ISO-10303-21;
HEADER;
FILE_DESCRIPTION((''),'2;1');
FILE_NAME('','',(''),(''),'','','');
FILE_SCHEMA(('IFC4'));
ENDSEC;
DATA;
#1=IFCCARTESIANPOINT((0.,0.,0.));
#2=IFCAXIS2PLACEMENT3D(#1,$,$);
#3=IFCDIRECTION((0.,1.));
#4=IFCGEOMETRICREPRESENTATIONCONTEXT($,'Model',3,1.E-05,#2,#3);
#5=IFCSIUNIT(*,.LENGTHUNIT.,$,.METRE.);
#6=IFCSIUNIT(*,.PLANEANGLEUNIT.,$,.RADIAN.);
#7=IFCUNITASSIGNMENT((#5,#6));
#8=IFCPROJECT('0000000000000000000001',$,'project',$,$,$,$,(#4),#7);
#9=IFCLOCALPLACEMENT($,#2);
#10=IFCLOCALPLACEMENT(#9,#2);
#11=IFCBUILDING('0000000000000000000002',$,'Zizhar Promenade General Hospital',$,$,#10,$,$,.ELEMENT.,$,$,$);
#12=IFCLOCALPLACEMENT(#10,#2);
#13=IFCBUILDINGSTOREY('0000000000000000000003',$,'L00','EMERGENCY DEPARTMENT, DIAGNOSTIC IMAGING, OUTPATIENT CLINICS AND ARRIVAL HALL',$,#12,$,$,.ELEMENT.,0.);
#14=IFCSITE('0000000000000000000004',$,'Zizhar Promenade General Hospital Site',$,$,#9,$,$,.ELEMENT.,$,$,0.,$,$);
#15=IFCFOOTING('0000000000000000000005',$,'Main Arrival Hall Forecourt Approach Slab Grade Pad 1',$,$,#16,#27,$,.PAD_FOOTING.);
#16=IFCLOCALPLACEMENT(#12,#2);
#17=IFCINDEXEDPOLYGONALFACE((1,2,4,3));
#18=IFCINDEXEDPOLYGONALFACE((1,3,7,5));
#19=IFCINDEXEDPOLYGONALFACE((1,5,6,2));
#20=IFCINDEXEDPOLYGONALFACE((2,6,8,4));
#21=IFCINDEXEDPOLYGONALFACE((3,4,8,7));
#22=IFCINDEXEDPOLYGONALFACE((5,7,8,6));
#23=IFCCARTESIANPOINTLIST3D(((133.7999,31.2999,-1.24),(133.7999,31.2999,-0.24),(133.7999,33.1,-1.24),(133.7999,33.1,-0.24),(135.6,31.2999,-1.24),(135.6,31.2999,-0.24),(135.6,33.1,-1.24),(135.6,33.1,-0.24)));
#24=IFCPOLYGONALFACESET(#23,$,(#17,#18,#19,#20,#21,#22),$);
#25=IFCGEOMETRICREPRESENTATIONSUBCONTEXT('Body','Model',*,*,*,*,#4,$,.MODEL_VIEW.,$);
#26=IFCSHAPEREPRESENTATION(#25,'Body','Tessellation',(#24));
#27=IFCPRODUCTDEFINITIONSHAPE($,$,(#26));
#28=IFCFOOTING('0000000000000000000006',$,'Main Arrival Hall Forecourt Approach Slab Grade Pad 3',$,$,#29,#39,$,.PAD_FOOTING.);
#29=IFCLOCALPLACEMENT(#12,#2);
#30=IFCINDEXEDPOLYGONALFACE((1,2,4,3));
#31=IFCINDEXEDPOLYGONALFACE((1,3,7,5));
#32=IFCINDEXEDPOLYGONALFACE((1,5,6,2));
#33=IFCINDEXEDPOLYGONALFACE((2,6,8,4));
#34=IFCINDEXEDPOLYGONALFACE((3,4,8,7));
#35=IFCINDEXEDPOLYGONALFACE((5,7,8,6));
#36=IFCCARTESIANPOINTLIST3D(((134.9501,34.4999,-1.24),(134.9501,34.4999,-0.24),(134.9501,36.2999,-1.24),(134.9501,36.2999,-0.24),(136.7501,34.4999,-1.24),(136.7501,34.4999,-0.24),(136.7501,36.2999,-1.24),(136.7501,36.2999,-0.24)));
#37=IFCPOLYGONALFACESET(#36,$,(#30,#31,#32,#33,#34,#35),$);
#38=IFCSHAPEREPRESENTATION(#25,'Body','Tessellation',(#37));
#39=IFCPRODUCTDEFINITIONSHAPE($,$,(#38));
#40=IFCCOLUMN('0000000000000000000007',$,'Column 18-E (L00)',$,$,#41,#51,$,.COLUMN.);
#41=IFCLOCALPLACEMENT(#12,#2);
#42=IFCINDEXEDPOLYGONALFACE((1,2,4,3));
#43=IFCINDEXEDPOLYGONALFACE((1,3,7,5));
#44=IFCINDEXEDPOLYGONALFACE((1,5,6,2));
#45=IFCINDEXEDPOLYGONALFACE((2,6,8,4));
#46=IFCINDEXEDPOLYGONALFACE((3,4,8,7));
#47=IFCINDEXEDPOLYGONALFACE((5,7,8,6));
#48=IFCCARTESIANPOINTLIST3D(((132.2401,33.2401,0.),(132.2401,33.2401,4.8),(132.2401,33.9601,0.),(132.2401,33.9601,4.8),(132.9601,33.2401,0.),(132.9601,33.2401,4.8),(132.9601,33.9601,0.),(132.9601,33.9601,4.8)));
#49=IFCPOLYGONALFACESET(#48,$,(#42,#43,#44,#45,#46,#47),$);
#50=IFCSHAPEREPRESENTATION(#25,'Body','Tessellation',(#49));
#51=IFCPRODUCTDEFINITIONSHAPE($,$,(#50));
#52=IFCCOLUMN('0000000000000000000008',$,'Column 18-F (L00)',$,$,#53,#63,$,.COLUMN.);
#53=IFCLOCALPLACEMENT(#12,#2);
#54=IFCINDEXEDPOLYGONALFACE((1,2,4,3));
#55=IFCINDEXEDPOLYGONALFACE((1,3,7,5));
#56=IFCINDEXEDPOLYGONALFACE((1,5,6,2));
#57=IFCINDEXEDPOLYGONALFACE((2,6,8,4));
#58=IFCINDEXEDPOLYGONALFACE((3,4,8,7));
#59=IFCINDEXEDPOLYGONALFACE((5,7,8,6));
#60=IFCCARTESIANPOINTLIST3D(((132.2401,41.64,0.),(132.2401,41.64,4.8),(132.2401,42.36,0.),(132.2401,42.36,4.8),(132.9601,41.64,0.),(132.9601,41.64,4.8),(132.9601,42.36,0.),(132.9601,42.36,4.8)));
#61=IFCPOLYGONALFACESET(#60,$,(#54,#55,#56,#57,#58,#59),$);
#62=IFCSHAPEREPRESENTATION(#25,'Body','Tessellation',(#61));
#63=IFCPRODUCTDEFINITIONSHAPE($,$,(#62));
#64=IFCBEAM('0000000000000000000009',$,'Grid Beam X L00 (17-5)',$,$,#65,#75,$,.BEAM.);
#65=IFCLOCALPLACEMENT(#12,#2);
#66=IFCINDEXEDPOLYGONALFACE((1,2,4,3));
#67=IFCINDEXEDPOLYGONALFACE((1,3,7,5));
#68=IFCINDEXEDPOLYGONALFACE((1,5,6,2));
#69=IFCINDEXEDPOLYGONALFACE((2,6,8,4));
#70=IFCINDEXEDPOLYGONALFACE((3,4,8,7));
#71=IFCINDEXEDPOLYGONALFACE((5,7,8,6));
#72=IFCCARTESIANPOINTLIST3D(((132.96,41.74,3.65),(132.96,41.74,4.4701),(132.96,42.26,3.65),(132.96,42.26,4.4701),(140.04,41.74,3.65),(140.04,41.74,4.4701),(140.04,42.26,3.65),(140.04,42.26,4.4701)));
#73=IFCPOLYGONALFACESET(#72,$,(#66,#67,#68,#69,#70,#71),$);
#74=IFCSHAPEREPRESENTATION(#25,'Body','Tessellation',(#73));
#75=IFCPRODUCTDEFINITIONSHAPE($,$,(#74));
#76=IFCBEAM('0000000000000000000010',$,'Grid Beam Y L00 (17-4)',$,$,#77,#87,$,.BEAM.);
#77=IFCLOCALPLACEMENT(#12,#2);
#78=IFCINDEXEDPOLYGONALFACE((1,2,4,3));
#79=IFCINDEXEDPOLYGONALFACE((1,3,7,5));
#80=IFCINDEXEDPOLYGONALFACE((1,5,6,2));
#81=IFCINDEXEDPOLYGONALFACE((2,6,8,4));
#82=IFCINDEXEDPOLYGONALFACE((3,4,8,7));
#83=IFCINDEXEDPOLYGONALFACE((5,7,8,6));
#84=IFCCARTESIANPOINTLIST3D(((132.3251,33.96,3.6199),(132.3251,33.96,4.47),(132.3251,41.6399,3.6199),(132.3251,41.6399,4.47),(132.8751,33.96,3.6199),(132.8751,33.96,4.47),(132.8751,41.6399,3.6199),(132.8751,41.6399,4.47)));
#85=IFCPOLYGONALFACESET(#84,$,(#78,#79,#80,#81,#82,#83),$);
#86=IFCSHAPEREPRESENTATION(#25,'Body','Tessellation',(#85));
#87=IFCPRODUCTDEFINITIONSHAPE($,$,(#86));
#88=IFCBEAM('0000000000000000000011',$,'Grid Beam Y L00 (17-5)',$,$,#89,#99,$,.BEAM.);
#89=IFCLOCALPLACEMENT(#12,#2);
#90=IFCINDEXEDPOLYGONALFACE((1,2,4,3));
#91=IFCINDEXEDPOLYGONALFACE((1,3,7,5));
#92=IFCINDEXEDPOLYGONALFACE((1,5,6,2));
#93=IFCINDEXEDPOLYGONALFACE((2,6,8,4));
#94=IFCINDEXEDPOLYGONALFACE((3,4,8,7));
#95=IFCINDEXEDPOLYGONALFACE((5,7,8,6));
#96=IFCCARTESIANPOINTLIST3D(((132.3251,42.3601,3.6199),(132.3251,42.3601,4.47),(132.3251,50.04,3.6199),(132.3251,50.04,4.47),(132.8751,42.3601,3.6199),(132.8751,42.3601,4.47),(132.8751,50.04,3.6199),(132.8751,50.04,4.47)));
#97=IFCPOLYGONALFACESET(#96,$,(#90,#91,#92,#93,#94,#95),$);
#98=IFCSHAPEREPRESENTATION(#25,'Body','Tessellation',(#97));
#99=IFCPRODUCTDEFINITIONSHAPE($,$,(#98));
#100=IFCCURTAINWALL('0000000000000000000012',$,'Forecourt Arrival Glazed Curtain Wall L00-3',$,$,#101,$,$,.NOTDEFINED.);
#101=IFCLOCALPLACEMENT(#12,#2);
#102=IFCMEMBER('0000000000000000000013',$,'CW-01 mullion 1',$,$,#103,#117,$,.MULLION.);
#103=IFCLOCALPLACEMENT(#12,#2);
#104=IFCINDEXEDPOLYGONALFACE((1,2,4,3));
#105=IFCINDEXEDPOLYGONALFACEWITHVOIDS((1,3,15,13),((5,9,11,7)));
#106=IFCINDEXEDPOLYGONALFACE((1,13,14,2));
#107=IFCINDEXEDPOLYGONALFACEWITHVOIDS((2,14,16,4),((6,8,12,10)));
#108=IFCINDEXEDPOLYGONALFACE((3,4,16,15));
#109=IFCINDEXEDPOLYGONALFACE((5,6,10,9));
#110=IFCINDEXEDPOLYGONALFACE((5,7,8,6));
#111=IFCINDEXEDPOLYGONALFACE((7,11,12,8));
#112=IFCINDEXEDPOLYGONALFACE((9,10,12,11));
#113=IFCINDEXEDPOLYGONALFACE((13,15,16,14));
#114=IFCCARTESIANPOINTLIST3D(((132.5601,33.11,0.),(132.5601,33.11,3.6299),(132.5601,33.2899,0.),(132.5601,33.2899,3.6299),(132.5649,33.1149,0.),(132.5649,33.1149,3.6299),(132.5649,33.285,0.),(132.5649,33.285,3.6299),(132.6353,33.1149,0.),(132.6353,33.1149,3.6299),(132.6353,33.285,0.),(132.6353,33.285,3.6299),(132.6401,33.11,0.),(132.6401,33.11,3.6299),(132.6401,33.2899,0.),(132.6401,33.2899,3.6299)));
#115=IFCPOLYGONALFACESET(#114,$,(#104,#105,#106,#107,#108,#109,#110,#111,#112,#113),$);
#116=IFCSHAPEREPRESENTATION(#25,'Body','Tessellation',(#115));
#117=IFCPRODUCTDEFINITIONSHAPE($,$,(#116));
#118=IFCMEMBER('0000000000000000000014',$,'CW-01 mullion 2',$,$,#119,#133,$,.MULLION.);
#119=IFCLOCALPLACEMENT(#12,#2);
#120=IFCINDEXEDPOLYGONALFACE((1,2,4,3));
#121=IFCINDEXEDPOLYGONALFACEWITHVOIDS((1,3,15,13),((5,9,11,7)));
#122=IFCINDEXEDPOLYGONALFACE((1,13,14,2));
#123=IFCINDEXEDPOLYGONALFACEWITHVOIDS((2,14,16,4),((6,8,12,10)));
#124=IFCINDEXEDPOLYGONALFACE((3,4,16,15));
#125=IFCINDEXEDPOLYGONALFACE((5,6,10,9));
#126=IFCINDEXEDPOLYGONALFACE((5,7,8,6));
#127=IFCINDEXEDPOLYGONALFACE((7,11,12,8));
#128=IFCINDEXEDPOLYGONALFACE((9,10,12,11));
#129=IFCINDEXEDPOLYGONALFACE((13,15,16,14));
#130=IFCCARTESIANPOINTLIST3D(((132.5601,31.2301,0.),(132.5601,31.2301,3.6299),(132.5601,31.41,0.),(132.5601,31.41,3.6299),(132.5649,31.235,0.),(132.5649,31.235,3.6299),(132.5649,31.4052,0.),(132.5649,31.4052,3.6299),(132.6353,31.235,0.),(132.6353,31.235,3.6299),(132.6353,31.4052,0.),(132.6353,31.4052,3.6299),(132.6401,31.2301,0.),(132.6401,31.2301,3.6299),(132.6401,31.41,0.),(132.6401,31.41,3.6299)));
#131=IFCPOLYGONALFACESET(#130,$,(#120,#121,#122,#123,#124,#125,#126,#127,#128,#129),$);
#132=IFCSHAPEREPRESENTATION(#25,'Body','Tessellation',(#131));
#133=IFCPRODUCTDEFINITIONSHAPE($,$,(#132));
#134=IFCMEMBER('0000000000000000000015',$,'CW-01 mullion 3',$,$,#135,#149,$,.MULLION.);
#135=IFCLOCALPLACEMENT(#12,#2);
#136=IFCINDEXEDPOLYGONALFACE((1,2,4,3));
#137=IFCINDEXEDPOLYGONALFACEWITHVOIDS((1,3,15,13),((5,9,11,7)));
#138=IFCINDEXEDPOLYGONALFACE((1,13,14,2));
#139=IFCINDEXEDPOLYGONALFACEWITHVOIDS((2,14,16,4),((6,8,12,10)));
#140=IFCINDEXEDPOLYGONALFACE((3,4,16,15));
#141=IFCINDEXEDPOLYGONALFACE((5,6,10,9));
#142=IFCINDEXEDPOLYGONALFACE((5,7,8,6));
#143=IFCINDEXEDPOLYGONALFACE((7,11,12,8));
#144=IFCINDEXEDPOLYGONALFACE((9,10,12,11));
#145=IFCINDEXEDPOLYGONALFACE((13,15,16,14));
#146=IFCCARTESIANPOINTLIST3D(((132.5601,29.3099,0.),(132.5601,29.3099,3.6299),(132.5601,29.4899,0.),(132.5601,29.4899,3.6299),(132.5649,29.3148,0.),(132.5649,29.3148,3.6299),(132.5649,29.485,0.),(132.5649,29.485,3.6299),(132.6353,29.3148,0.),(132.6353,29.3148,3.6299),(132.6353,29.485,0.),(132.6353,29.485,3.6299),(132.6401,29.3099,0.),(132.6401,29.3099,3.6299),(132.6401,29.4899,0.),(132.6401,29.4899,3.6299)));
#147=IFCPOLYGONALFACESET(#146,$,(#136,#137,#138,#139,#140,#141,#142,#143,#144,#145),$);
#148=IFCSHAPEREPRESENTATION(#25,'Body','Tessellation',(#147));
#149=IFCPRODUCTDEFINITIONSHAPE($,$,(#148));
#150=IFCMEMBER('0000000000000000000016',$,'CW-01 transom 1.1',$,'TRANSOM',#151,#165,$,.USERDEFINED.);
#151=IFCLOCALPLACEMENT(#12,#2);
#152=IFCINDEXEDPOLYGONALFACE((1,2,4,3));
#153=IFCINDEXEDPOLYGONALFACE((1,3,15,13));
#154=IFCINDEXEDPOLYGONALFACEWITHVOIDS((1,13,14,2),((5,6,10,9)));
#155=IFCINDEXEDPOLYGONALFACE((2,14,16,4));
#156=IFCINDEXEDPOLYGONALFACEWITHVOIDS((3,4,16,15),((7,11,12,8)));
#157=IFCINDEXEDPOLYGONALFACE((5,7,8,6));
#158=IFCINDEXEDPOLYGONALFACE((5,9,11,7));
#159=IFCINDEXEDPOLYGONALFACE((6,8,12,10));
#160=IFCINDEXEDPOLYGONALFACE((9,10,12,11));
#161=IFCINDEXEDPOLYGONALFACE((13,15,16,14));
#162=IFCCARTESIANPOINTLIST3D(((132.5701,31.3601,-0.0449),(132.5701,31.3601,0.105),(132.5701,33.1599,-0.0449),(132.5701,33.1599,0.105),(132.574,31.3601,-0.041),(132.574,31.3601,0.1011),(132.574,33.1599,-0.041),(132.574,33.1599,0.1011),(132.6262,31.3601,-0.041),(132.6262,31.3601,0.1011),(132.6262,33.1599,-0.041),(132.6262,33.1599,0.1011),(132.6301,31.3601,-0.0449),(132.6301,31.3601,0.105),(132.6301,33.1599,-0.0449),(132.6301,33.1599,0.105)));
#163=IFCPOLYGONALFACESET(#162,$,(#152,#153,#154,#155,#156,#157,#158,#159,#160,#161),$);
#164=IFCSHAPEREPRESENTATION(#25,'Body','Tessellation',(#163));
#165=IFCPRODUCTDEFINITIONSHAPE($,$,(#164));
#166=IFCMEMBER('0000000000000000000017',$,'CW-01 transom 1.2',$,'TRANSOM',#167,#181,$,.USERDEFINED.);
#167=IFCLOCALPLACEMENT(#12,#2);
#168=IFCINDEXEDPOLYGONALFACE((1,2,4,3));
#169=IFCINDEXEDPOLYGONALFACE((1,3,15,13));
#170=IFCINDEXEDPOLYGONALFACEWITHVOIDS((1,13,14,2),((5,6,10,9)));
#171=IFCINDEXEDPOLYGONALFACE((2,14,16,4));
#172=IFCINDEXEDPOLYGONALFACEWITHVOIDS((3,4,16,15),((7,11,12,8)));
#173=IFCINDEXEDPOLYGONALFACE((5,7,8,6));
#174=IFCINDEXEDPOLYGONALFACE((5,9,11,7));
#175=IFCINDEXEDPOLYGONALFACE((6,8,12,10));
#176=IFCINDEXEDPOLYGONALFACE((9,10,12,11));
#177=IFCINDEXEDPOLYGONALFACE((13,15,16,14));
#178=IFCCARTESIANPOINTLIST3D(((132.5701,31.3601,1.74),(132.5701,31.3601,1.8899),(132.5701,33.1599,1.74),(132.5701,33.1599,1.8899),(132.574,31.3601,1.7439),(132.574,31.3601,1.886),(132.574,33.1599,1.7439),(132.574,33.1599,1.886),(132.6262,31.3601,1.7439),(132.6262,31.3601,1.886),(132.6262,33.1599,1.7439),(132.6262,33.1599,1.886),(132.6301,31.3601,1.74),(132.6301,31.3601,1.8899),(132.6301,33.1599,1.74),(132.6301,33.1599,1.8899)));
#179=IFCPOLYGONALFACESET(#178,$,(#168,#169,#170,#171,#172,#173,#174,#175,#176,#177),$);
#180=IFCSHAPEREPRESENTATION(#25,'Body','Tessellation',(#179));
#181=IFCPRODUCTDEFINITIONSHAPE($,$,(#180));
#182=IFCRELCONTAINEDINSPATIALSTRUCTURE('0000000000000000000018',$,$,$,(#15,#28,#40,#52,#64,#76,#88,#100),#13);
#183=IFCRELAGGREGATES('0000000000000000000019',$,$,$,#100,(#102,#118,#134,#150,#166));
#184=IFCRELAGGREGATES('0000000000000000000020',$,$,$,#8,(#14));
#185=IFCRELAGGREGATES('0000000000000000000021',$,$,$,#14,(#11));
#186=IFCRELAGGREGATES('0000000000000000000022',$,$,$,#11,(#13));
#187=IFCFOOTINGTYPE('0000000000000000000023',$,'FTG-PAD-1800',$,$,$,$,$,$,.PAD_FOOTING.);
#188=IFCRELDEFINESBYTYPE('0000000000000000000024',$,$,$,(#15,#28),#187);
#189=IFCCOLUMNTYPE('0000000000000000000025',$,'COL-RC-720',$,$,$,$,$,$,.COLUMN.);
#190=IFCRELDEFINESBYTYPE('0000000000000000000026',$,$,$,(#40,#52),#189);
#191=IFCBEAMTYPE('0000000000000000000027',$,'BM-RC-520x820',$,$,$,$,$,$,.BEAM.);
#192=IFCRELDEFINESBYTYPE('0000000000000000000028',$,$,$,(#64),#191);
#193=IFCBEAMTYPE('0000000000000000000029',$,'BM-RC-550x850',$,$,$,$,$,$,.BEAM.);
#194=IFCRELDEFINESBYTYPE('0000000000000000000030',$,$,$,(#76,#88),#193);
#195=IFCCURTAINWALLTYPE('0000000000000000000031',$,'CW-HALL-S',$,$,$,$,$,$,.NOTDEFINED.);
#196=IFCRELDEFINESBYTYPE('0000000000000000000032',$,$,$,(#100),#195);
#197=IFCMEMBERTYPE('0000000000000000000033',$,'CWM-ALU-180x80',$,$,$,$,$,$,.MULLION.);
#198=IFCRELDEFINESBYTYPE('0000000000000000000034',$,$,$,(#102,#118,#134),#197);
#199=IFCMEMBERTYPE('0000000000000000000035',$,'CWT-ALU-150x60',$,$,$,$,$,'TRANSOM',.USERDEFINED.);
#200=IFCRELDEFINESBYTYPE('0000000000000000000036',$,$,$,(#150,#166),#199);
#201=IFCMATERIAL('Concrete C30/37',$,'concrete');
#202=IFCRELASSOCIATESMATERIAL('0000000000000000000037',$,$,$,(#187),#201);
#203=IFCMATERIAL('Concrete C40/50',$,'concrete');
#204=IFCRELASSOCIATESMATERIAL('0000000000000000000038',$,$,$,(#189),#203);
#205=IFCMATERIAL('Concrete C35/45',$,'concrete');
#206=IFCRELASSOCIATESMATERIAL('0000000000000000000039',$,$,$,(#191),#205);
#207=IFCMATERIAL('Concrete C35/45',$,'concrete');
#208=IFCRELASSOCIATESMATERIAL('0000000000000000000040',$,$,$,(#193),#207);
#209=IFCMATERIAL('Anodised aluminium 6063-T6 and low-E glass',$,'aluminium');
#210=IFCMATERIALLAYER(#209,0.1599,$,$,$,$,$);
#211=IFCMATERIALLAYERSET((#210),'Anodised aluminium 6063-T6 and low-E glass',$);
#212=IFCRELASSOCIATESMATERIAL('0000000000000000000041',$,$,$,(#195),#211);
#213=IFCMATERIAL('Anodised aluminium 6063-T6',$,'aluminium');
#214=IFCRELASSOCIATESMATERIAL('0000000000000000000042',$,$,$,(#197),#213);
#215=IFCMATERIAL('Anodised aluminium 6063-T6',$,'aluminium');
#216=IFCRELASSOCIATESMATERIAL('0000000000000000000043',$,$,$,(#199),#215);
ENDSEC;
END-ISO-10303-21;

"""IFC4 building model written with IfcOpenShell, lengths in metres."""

from ifc_helpers import new_model, si_unit, direction, frame, origin, origin_2d, place, context, subcontext, project, spatial, rectangle, hollow_rectangle, extrude, material, layer, layer_set, material_profile, profile_set, type_object, element, aggregate, save


model = new_model("IFC4")

# Units and contexts
model_context = context("Model", 3, precision=1e-05, world=origin(), true_north=direction((0.0, 1.0)))
body_context = subcontext(model_context, "Body", "Model", "MODEL_VIEW")
ifc_project = project(units=[si_unit("LENGTHUNIT", "METRE"), si_unit("PLANEANGLEUNIT", "RADIAN")], contexts=[model_context])

# Site, building, storey
site_placement = place(None, origin())
site = spatial("IfcSite", under=ifc_project, at=site_placement, Name="Zizhar Promenade General Hospital Site", CompositionType="ELEMENT", RefElevation=0.0)
building_placement = place(site_placement, origin())
building = spatial("IfcBuilding", under=site, at=building_placement, Name="Zizhar Promenade General Hospital", CompositionType="ELEMENT")
storey_placement = place(building_placement, origin())
storey = spatial("IfcBuildingStorey", under=building, at=storey_placement, Name="L00", Description="EMERGENCY DEPARTMENT, DIAGNOSTIC IMAGING, OUTPATIENT CLINICS AND ARRIVAL HALL", CompositionType="ELEMENT", Elevation=0.0)

# Footings
ifc_material_1 = material(Name="Concrete C30/37", Category="concrete")
footing_type = type_object("IfcFootingType", Name="FTG-PAD-1800", PredefinedType="PAD_FOOTING", material=ifc_material_1)
for number, where, z_axis, x_axis, name in (
    (1, (134.7, 32.2, -1.24), (0.0, 0.0, 1.0), (1.0, 0.0, 0.0), "Main Arrival Hall Forecourt Approach Slab Grade Pad 1"),
    (2, (135.8501, 35.3999, -1.24), (0.0, 0.0, 1.0), (1.0, 0.0, 0.0), "Main Arrival Hall Forecourt Approach Slab Grade Pad 3"),
):
    element("IfcFooting", number, at=place(storey_placement, frame(where, z_axis=z_axis, x_axis=x_axis)), inside=storey, type_object=footing_type, Name=name, PredefinedType="PAD_FOOTING", context=body_context, shape_type="SweptSolid", body=[
        extrude(rectangle(XDim=1.8, YDim=1.8, at=origin_2d()), origin(), (0.0, 0.0, 1.0), 1.0),
    ])

# Columns
ifc_material_2 = material(Name="Concrete C40/50", Category="concrete")
ifc_material_profile_1 = material_profile(ifc_material_2, rectangle(XDim=0.72, YDim=0.72, at=origin_2d()))
ifc_profile_set_1 = profile_set([ifc_material_profile_1], Name="Concrete C40/50")
column_type = type_object("IfcColumnType", Name="COL-RC-720", PredefinedType="COLUMN", material=ifc_profile_set_1)
for number, where, z_axis, x_axis, name in (
    (3, (132.6001, 33.6001, 0.0), (0.0, 0.0, 1.0), (1.0, 0.0, 0.0), "Column 18-E (L00)"),
    (4, (132.6001, 42.0, 0.0), (0.0, 0.0, 1.0), (1.0, 0.0, 0.0), "Column 18-F (L00)"),
):
    element("IfcColumn", number, at=place(storey_placement, frame(where, z_axis=z_axis, x_axis=x_axis)), inside=storey, type_object=column_type, Name=name, PredefinedType="COLUMN", context=body_context, shape_type="SweptSolid", body=[
        extrude(rectangle(XDim=0.72, YDim=0.72, at=origin_2d()), origin(), (0.0, 0.0, 1.0), 4.8),
    ])

# Beams
ifc_material_3 = material(Name="Concrete C35/45", Category="concrete")
ifc_material_profile_2 = material_profile(ifc_material_3, rectangle(XDim=0.52, YDim=0.8201, at=origin_2d()))
ifc_profile_set_2 = profile_set([ifc_material_profile_2], Name="Concrete C35/45")
beam_type_1 = type_object("IfcBeamType", Name="BM-RC-520x820", PredefinedType="BEAM", material=ifc_profile_set_2)
beam_placement = place(storey_placement, frame((132.96, 42.0, 4.0601), z_axis=(1.0, 0.0, 0.0), x_axis=(0.0, 1.0, 0.0)))
element("IfcBeam", 5, at=beam_placement, inside=storey, type_object=beam_type_1, Name="Grid Beam X L00 (17-5)", PredefinedType="BEAM", context=body_context, shape_type="SweptSolid", body=[
    extrude(rectangle(XDim=0.52, YDim=0.8201, at=origin_2d()), origin(), (0.0, 0.0, 1.0), 7.0801),
])
ifc_material_4 = material(Name="Concrete C35/45", Category="concrete")
ifc_material_profile_3 = material_profile(ifc_material_4, rectangle(XDim=0.55, YDim=0.8501, at=origin_2d()))
ifc_profile_set_3 = profile_set([ifc_material_profile_3], Name="Concrete C35/45")
beam_type_2 = type_object("IfcBeamType", Name="BM-RC-550x850", PredefinedType="BEAM", material=ifc_profile_set_3)
for number, where, z_axis, x_axis, name in (
    (6, (132.6001, 33.96, 4.0449), (0.0, 1.0, 0.0), (-1.0, 0.0, 0.0), "Grid Beam Y L00 (17-4)"),
    (7, (132.6001, 42.3601, 4.0449), (0.0, 1.0, 0.0), (-1.0, 0.0, 0.0), "Grid Beam Y L00 (17-5)"),
):
    element("IfcBeam", number, at=place(storey_placement, frame(where, z_axis=z_axis, x_axis=x_axis)), inside=storey, type_object=beam_type_2, Name=name, PredefinedType="BEAM", context=body_context, shape_type="SweptSolid", body=[
        extrude(rectangle(XDim=0.55, YDim=0.8501, at=origin_2d()), origin(), (0.0, 0.0, 1.0), 7.6799),
    ])

# Curtain wall, members
ifc_material_5 = material(Name="Anodised aluminium 6063-T6 and low-E glass", Category="aluminium")
ifc_layer_1 = layer(ifc_material_5, 0.1599)
ifc_layer_set_1 = layer_set([ifc_layer_1], Name="Anodised aluminium 6063-T6 and low-E glass")
curtain_wall_type = type_object("IfcCurtainWallType", Name="CW-HALL-S", PredefinedType="NOTDEFINED", material=ifc_layer_set_1)
curtain_wall_placement = place(storey_placement, origin())
curtain_wall = element("IfcCurtainWall", 8, at=curtain_wall_placement, inside=storey, type_object=curtain_wall_type, Name="Forecourt Arrival Glazed Curtain Wall L00-3", PredefinedType="NOTDEFINED")
ifc_material_6 = material(Name="Anodised aluminium 6063-T6", Category="aluminium")
ifc_material_profile_4 = material_profile(ifc_material_6, hollow_rectangle(XDim=0.0801, YDim=0.1799, WallThickness=0.0049, at=origin_2d()))
ifc_profile_set_4 = profile_set([ifc_material_profile_4], Name="Anodised aluminium 6063-T6")
member_type_1 = type_object("IfcMemberType", Name="CWM-ALU-180x80", PredefinedType="MULLION", material=ifc_profile_set_4)
member_1_placement = place(storey_placement, frame((132.6001, 33.2, 0.0), z_axis=(0.0, 0.0, 1.0), x_axis=(1.0, 0.0, 0.0)))
member_1 = element("IfcMember", 9, at=member_1_placement, type_object=member_type_1, Name="CW-01 mullion 1", PredefinedType="MULLION", context=body_context, shape_type="SweptSolid", body=[
    extrude(hollow_rectangle(XDim=0.0801, YDim=0.1799, WallThickness=0.0049, at=origin_2d()), origin(), (0.0, 0.0, 1.0), 3.6299),
])
member_2_placement = place(storey_placement, frame((132.6001, 31.3201, 0.0), z_axis=(0.0, 0.0, 1.0), x_axis=(1.0, 0.0, 0.0)))
member_2 = element("IfcMember", 10, at=member_2_placement, type_object=member_type_1, Name="CW-01 mullion 2", PredefinedType="MULLION", context=body_context, shape_type="SweptSolid", body=[
    extrude(hollow_rectangle(XDim=0.0801, YDim=0.1799, WallThickness=0.0049, at=origin_2d()), origin(), (0.0, 0.0, 1.0), 3.6299),
])
member_3_placement = place(storey_placement, frame((132.6001, 29.3999, 0.0), z_axis=(0.0, 0.0, 1.0), x_axis=(1.0, 0.0, 0.0)))
member_3 = element("IfcMember", 11, at=member_3_placement, type_object=member_type_1, Name="CW-01 mullion 3", PredefinedType="MULLION", context=body_context, shape_type="SweptSolid", body=[
    extrude(hollow_rectangle(XDim=0.0801, YDim=0.1799, WallThickness=0.0049, at=origin_2d()), origin(), (0.0, 0.0, 1.0), 3.6299),
])
ifc_material_7 = material(Name="Anodised aluminium 6063-T6", Category="aluminium")
ifc_material_profile_5 = material_profile(ifc_material_7, hollow_rectangle(XDim=0.0601, YDim=0.1499, WallThickness=0.0039, at=origin_2d()))
ifc_profile_set_5 = profile_set([ifc_material_profile_5], Name="Anodised aluminium 6063-T6")
member_type_2 = type_object("IfcMemberType", Name="CWT-ALU-150x60", ElementType="TRANSOM", PredefinedType="USERDEFINED", material=ifc_profile_set_5)
member_4_placement = place(storey_placement, frame((132.6001, 33.1599, 0.03), z_axis=(0.0, -1.0, 0.0), x_axis=(1.0, 0.0, 0.0)))
member_4 = element("IfcMember", 12, at=member_4_placement, type_object=member_type_2, Name="CW-01 transom 1.1", ObjectType="TRANSOM", PredefinedType="USERDEFINED", context=body_context, shape_type="SweptSolid", body=[
    extrude(hollow_rectangle(XDim=0.0601, YDim=0.1499, WallThickness=0.0039, at=origin_2d()), origin(), (0.0, 0.0, 1.0), 1.7998),
])
member_5_placement = place(storey_placement, frame((132.6001, 33.1599, 1.8149), z_axis=(0.0, -1.0, 0.0), x_axis=(1.0, 0.0, 0.0)))
member_5 = element("IfcMember", 13, at=member_5_placement, type_object=member_type_2, Name="CW-01 transom 1.2", ObjectType="TRANSOM", PredefinedType="USERDEFINED", context=body_context, shape_type="SweptSolid", body=[
    extrude(hollow_rectangle(XDim=0.0601, YDim=0.1499, WallThickness=0.0039, at=origin_2d()), origin(), (0.0, 0.0, 1.0), 1.7998),
])
aggregate(curtain_wall, [member_1, member_2, member_3, member_4, member_5])

save(model, "model.ifc")
